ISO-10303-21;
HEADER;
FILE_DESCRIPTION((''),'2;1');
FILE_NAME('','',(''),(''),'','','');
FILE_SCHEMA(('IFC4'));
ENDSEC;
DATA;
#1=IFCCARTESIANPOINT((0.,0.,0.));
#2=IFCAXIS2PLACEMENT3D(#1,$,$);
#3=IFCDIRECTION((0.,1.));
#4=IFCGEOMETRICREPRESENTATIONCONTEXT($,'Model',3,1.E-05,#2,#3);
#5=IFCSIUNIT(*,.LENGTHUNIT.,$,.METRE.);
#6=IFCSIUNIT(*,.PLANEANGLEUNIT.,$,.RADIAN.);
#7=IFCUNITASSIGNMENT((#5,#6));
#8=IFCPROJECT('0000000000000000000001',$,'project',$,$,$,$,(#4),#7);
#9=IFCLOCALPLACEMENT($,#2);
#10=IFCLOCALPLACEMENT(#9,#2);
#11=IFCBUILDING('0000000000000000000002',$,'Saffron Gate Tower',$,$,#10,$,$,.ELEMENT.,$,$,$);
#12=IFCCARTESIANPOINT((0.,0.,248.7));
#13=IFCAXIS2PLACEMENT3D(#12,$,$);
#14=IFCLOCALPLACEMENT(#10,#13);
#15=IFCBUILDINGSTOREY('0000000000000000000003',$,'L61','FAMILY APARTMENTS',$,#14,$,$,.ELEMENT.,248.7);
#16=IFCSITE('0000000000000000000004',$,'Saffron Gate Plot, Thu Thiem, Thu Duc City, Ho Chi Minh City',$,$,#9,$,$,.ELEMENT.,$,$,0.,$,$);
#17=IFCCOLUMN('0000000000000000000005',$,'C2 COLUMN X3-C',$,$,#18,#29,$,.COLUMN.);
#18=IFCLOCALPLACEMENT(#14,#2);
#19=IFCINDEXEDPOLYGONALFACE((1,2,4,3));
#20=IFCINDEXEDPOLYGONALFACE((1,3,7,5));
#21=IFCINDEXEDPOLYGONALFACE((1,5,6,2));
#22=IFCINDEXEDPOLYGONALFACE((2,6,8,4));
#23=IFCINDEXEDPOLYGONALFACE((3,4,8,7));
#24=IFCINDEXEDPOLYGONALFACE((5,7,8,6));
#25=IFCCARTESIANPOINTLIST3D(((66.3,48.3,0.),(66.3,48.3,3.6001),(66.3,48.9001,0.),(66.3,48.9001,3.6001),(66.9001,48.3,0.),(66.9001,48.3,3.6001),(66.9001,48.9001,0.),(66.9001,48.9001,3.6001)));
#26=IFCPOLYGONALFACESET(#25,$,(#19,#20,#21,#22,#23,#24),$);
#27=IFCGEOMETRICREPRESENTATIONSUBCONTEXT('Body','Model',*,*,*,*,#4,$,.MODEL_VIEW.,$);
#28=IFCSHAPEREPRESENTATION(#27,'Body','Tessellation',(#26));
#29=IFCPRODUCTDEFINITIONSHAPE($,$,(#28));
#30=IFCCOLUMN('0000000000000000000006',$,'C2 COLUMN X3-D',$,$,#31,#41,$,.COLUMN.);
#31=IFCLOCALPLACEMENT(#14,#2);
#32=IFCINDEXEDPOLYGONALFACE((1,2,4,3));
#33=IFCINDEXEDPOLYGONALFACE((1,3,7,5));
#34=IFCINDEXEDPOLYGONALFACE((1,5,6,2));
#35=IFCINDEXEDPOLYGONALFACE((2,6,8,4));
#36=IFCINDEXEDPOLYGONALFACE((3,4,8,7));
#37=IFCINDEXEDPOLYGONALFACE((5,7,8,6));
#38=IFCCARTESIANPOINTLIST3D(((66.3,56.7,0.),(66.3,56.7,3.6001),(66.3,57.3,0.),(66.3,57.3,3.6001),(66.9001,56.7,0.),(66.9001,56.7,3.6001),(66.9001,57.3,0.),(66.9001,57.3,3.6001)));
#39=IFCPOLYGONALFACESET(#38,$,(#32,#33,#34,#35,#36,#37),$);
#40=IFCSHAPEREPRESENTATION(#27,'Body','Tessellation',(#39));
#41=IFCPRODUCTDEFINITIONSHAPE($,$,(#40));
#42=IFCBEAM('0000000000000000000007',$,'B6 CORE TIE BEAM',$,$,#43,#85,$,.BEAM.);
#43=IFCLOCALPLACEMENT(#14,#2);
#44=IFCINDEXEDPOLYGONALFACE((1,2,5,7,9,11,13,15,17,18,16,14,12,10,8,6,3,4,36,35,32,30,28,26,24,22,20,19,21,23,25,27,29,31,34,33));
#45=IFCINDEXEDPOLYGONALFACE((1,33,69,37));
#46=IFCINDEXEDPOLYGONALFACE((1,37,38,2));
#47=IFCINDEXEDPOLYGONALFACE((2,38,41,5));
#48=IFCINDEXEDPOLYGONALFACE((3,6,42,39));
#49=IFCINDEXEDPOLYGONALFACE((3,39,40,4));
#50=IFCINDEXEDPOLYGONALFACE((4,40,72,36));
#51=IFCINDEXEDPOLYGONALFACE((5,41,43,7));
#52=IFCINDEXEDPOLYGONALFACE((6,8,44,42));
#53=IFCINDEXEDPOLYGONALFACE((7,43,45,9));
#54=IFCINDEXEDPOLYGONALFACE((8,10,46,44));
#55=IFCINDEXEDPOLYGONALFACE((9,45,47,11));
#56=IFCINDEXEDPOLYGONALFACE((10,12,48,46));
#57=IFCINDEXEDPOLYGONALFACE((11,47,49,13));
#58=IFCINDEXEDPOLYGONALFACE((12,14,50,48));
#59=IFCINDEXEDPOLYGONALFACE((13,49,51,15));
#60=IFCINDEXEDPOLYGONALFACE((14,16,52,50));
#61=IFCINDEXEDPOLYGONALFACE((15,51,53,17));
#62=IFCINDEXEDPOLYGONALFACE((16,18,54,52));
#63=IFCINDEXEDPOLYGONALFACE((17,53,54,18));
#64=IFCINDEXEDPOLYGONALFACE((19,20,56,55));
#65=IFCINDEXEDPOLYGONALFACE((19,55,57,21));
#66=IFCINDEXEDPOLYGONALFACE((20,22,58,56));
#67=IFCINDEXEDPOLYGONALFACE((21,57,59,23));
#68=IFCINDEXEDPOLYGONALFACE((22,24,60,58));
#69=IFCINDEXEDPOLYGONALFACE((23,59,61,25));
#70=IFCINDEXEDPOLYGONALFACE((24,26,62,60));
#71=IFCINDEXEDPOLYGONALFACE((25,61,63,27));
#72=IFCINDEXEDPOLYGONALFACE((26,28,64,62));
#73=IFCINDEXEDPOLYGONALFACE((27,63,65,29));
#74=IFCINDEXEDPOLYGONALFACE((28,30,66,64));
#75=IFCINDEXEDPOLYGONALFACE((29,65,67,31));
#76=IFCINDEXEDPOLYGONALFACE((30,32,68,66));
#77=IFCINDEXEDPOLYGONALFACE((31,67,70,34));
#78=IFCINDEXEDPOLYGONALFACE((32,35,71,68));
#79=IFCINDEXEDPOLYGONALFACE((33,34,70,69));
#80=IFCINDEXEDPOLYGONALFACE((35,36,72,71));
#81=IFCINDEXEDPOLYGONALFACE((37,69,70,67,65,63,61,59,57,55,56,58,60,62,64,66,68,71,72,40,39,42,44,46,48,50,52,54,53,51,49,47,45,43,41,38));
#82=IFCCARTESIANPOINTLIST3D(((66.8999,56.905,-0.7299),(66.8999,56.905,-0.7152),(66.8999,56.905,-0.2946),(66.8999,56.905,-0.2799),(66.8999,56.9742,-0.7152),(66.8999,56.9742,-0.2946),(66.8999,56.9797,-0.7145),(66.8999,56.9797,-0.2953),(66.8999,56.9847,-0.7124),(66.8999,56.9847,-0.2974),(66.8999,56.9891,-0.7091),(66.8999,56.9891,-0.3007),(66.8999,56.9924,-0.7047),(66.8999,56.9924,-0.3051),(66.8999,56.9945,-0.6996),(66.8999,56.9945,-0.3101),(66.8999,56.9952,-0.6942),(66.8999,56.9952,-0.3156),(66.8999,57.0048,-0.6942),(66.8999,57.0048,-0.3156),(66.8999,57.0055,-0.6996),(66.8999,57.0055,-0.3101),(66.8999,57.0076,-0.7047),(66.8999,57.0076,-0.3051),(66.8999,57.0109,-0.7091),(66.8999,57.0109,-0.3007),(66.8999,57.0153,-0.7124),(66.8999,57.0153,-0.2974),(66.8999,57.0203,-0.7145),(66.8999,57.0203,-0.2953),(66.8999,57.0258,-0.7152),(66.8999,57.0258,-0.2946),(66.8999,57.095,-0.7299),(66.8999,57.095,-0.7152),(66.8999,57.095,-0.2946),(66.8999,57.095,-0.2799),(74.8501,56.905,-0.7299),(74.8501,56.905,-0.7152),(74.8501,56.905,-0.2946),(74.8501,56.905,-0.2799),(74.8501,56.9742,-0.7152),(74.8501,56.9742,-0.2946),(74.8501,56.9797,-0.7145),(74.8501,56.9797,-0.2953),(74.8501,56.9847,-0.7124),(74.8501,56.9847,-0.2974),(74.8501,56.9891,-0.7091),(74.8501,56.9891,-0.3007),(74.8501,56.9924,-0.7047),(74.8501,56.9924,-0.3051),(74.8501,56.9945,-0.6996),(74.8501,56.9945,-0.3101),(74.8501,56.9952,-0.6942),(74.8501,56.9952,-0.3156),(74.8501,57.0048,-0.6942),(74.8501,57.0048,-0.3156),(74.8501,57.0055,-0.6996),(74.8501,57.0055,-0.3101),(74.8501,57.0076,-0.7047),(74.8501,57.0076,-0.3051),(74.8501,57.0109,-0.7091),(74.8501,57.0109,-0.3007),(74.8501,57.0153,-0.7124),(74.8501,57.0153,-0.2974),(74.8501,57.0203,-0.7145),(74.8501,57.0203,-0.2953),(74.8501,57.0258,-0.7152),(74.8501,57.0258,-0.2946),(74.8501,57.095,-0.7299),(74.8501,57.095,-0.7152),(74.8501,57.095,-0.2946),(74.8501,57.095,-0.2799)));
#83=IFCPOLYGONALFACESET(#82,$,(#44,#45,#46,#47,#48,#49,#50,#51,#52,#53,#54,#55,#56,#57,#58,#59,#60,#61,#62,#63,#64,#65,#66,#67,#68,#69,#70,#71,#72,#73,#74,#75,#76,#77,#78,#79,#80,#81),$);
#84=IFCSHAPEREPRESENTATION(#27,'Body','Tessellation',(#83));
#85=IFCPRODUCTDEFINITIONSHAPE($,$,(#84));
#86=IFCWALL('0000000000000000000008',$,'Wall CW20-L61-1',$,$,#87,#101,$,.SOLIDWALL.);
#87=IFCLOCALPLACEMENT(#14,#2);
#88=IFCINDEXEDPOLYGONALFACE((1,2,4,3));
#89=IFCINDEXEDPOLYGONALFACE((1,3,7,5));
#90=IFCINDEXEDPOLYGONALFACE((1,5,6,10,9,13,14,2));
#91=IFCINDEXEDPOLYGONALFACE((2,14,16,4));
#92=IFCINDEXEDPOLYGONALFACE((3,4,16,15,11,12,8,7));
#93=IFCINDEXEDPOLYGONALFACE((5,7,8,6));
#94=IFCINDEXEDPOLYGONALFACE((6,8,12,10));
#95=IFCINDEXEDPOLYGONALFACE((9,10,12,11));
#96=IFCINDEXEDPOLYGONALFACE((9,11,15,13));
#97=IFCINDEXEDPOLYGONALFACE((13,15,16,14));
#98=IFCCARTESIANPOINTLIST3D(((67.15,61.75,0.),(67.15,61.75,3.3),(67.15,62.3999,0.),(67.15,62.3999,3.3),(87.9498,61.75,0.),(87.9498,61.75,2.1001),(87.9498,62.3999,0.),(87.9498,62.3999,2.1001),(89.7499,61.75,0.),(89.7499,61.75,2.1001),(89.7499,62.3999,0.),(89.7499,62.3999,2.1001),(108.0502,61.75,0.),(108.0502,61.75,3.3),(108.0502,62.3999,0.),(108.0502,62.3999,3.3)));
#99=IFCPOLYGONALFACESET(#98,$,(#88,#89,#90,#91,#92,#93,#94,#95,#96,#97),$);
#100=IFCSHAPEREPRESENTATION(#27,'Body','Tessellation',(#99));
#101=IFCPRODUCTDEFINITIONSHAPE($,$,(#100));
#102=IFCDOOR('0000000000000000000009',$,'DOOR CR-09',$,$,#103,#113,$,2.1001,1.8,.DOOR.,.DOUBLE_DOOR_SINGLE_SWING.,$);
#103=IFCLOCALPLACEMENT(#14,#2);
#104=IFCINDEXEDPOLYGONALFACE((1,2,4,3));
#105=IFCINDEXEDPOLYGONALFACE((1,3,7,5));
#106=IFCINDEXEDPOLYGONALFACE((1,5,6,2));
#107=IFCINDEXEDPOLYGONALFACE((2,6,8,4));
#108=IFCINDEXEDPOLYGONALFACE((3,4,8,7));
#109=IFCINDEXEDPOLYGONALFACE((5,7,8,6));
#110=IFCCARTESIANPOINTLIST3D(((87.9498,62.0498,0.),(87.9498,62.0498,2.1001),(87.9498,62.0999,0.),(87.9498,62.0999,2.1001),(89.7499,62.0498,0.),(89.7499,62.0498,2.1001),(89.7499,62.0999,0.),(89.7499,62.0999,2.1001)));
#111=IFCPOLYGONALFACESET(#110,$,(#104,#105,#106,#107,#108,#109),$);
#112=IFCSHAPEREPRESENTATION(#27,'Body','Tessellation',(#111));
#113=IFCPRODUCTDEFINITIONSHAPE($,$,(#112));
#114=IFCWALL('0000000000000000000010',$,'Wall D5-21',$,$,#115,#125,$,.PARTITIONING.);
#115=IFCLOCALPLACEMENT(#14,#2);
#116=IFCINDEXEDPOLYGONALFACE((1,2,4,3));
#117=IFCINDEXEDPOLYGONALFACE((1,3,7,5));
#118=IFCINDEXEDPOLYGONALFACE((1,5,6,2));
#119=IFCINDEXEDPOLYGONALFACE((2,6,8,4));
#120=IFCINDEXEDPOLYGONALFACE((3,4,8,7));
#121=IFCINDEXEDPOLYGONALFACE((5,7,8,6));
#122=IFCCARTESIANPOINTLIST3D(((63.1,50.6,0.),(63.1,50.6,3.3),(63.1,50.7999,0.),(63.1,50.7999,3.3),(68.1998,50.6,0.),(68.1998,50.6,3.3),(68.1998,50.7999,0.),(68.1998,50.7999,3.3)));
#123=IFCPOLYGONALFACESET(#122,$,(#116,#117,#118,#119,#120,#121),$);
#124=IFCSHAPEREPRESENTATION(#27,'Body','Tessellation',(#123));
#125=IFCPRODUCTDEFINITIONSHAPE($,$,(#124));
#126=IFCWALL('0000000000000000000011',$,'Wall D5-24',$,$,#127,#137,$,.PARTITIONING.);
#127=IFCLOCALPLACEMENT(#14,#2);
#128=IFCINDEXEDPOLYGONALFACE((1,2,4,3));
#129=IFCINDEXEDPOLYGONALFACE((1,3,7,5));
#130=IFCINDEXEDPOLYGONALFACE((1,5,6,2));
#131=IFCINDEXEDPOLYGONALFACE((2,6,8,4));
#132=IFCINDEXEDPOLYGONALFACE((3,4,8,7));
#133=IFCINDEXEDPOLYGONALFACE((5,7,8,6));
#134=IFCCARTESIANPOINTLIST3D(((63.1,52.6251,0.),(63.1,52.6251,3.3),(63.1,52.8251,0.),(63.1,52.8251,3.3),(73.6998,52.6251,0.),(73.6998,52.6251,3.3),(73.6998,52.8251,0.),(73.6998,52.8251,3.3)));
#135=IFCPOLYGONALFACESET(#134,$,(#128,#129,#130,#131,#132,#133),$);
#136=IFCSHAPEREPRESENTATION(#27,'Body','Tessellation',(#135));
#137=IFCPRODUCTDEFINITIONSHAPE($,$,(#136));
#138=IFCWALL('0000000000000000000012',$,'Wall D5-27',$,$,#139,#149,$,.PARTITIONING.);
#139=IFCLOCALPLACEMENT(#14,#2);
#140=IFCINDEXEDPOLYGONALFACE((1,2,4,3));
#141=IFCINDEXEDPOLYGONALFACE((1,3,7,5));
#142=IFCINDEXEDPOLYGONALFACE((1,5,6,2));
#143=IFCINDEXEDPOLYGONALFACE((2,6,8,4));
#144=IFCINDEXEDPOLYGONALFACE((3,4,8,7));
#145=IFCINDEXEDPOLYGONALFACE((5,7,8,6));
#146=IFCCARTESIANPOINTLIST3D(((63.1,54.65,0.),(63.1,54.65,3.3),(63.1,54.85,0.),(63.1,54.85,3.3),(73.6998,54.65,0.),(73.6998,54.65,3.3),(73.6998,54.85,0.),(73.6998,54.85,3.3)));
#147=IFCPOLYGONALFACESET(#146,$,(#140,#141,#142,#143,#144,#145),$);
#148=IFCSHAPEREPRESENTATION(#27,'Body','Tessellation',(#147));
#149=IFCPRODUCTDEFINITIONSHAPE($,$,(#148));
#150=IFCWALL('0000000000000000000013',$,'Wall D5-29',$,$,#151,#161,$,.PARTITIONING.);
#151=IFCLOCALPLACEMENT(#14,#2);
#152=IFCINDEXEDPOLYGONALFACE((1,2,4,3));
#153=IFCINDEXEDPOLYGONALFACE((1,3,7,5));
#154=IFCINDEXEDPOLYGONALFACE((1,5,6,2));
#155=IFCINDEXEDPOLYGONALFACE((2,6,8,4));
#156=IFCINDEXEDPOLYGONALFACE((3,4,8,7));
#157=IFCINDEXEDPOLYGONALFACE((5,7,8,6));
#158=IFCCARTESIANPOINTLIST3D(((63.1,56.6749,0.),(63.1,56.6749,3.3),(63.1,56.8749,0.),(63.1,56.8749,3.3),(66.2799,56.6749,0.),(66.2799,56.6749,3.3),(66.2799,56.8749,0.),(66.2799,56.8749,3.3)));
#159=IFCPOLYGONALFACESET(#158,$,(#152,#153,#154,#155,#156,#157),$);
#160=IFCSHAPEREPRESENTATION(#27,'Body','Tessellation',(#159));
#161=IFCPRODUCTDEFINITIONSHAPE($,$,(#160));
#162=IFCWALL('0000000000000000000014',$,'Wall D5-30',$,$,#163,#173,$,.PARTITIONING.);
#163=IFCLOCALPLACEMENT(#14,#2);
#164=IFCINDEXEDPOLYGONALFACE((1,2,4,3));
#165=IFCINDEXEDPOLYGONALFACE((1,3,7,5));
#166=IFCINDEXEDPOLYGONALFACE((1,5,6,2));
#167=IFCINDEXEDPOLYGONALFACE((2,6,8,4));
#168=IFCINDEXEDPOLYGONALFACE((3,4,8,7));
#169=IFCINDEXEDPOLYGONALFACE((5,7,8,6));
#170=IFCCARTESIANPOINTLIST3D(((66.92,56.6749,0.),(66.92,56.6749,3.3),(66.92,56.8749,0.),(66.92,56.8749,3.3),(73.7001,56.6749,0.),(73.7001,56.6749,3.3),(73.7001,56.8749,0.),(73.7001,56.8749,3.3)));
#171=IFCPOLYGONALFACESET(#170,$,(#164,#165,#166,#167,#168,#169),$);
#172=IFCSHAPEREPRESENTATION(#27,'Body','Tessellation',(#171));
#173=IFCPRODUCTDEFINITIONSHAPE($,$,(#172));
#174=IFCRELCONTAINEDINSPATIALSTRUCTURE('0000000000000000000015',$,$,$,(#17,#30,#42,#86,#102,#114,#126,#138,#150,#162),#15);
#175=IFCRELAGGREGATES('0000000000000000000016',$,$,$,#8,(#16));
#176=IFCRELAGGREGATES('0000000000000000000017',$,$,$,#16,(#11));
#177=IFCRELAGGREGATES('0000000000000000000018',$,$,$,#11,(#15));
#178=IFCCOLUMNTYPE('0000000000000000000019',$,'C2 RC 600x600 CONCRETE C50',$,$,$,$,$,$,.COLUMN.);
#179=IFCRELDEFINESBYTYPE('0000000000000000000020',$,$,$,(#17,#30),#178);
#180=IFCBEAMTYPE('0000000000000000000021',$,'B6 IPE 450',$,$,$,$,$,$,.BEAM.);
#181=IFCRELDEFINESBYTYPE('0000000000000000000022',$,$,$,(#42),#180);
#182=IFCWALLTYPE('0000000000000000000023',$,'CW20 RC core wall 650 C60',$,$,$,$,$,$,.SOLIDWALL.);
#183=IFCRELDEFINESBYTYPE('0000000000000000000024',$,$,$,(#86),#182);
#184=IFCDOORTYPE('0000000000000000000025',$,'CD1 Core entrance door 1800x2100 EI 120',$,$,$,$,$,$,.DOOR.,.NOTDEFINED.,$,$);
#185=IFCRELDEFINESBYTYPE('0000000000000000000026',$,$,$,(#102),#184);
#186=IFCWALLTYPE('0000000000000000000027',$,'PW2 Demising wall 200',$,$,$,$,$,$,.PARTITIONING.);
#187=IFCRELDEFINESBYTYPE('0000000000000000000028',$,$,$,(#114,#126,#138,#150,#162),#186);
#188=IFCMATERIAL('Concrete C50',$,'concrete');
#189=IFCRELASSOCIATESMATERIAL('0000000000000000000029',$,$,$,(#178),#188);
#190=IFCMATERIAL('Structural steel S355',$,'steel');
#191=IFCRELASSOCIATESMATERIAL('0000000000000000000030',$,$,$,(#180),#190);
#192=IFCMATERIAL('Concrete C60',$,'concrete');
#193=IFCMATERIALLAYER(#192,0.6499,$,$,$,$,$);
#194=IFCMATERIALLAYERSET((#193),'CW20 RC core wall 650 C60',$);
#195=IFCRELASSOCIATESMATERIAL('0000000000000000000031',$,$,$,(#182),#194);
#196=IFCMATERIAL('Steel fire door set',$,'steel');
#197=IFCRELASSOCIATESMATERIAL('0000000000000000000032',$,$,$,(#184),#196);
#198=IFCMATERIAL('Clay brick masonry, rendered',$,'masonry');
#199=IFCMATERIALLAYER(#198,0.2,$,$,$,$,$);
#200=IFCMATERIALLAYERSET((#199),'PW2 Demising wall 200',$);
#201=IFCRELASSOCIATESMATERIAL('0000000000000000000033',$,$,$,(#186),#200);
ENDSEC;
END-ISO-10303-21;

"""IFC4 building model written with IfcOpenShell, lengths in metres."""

from ifc_helpers import new_model, si_unit, direction, frame, frame_2d, origin, origin_2d, place, context, subcontext, project, spatial, rectangle, i_section, extrude, material, layer, layer_set, material_profile, profile_set, type_object, element, fill, save


model = new_model("IFC4")

# Units and contexts
model_context = context("Model", 3, precision=1e-05, world=origin(), true_north=direction((0.0, 1.0)))
body_context = subcontext(model_context, "Body", "Model", "MODEL_VIEW")
ifc_project = project(units=[si_unit("LENGTHUNIT", "METRE"), si_unit("PLANEANGLEUNIT", "RADIAN")], contexts=[model_context])

# Site, building, storey
site_placement = place(None, origin())
site = spatial("IfcSite", under=ifc_project, at=site_placement, Name="Saffron Gate Plot, Thu Thiem, Thu Duc City, Ho Chi Minh City", CompositionType="ELEMENT", RefElevation=0.0)
building_placement = place(site_placement, origin())
building = spatial("IfcBuilding", under=site, at=building_placement, Name="Saffron Gate Tower", CompositionType="ELEMENT")
storey_placement = place(building_placement, frame((0.0, 0.0, 248.7)))
storey = spatial("IfcBuildingStorey", under=building, at=storey_placement, Name="L61", Description="FAMILY APARTMENTS", CompositionType="ELEMENT", Elevation=248.7)

# Columns
ifc_material_1 = material(Name="Concrete C50", Category="concrete")
ifc_material_profile_1 = material_profile(ifc_material_1, rectangle(XDim=0.6001, YDim=0.6001, at=origin_2d()))
ifc_profile_set_1 = profile_set([ifc_material_profile_1], Name="Concrete C50")
column_type = type_object("IfcColumnType", Name="C2 RC 600x600 CONCRETE C50", PredefinedType="COLUMN", material=ifc_profile_set_1)
for number, where, z_axis, x_axis, name in (
    (1, (66.6001, 48.6001, 0.0), (0.0, 0.0, 1.0), (1.0, 0.0, 0.0), "C2 COLUMN X3-C"),
    (2, (66.6001, 57.0, 0.0), (0.0, 0.0, 1.0), (1.0, 0.0, 0.0), "C2 COLUMN X3-D"),
):
    element("IfcColumn", number, at=place(storey_placement, frame(where, z_axis=z_axis, x_axis=x_axis)), inside=storey, type_object=column_type, Name=name, PredefinedType="COLUMN", context=body_context, shape_type="SweptSolid", body=[
        extrude(rectangle(XDim=0.6001, YDim=0.6001, at=origin_2d()), origin(), (0.0, 0.0, 1.0), 3.6001),
    ])

# Beam
ifc_material_2 = material(Name="Structural steel S355", Category="steel")
ifc_material_profile_2 = material_profile(ifc_material_2, i_section(OverallWidth=0.1899, OverallDepth=0.45, WebThickness=0.0095, FlangeThickness=0.0146, FilletRadius=0.021, at=origin_2d()))
ifc_profile_set_2 = profile_set([ifc_material_profile_2], Name="Structural steel S355")
beam_type = type_object("IfcBeamType", Name="B6 IPE 450", PredefinedType="BEAM", material=ifc_profile_set_2)
beam_placement = place(storey_placement, frame((66.8999, 57.0, -0.5049), z_axis=(1.0, 0.0, 0.0), x_axis=(0.0, 1.0, 0.0)))
element("IfcBeam", 3, at=beam_placement, inside=storey, type_object=beam_type, Name="B6 CORE TIE BEAM", PredefinedType="BEAM", context=body_context, shape_type="SweptSolid", body=[
    extrude(i_section(OverallWidth=0.1899, OverallDepth=0.45, WebThickness=0.0095, FlangeThickness=0.0146, FilletRadius=0.021, at=origin_2d()), origin(), (0.0, 0.0, 1.0), 7.9502),
])

# Wall, opening, door
ifc_material_3 = material(Name="Concrete C60", Category="concrete")
ifc_layer_1 = layer(ifc_material_3, 0.6499)
ifc_layer_set_1 = layer_set([ifc_layer_1], Name="CW20 RC core wall 650 C60")
wall_type_1 = type_object("IfcWallType", Name="CW20 RC core wall 650 C60", PredefinedType="SOLIDWALL", material=ifc_layer_set_1)
wall_1_placement = place(storey_placement, frame((67.1499, 62.075, 0.0), z_axis=(0.0, 0.0, 1.0), x_axis=(1.0, 0.0, 0.0)))
wall_1 = element("IfcWall", 4, at=wall_1_placement, inside=storey, type_object=wall_type_1, Name="Wall CW20-L61-1", PredefinedType="SOLIDWALL", context=body_context, shape_type="SweptSolid", body=[
    extrude(rectangle(XDim=40.9001, YDim=0.6499, at=frame_2d((20.4502, 0.0))), origin(), (0.0, 0.0, 1.0), 3.3),
])
opening_1_placement = place(wall_1_placement, frame((20.8, 0.0, 0.0)))
opening_1 = element("IfcOpeningElement", 5, at=opening_1_placement, cuts=wall_1, PredefinedType="OPENING", context=body_context, shape_type="SweptSolid", body=[
    extrude(rectangle(XDim=1.8, YDim=2.1001, at=frame_2d((0.8999, 1.05))), frame((0.0, 0.335, 0.0), z_axis=(0.0, -1.0, 0.0), x_axis=(1.0, 0.0, 0.0)), (0.0, 0.0, 1.0), 0.6699),
])
ifc_material_4 = material(Name="Steel fire door set", Category="steel")
door_type_1 = type_object("IfcDoorType", Name="CD1 Core entrance door 1800x2100 EI 120", OperationType="NOTDEFINED", PredefinedType="DOOR", material=ifc_material_4)
door_1_placement = place(opening_1_placement, origin())
door_1 = element("IfcDoor", 6, at=door_1_placement, inside=storey, type_object=door_type_1, Name="DOOR CR-09", OperationType="DOUBLE_DOOR_SINGLE_SWING", OverallHeight=2.1001, OverallWidth=1.8, PredefinedType="DOOR", context=body_context, shape_type="SweptSolid", body=[
    extrude(rectangle(XDim=1.8, YDim=2.1001, at=frame_2d((0.8999, 1.05))), frame((0.0, 0.0249, 0.0), z_axis=(0.0, -1.0, 0.0), x_axis=(1.0, 0.0, 0.0)), (0.0, 0.0, 1.0), 0.05),
])
fill(opening_1, door_1)

# Walls
ifc_material_5 = material(Name="Clay brick masonry, rendered", Category="masonry")
ifc_layer_2 = layer(ifc_material_5, 0.2)
ifc_layer_set_2 = layer_set([ifc_layer_2], Name="PW2 Demising wall 200")
wall_type_2 = type_object("IfcWallType", Name="PW2 Demising wall 200", PredefinedType="PARTITIONING", material=ifc_layer_set_2)
wall_2_placement = place(storey_placement, frame((63.1001, 50.7, 0.0), z_axis=(0.0, 0.0, 1.0), x_axis=(1.0, 0.0, 0.0)))
element("IfcWall", 7, at=wall_2_placement, inside=storey, type_object=wall_type_2, Name="Wall D5-21", PredefinedType="PARTITIONING", context=body_context, shape_type="SweptSolid", body=[
    extrude(rectangle(XDim=5.0999, YDim=0.2, at=frame_2d((2.5498, 0.0))), origin(), (0.0, 0.0, 1.0), 3.3),
])
for number, where, z_axis, x_axis, name in (
    (8, (63.1001, 52.7251, 0.0), (0.0, 0.0, 1.0), (1.0, 0.0, 0.0), "Wall D5-24"),
    (9, (63.1001, 54.75, 0.0), (0.0, 0.0, 1.0), (1.0, 0.0, 0.0), "Wall D5-27"),
):
    element("IfcWall", number, at=place(storey_placement, frame(where, z_axis=z_axis, x_axis=x_axis)), inside=storey, type_object=wall_type_2, Name=name, PredefinedType="PARTITIONING", context=body_context, shape_type="SweptSolid", body=[
        extrude(rectangle(XDim=10.5999, YDim=0.2, at=frame_2d((5.2998, 0.0))), origin(), (0.0, 0.0, 1.0), 3.3),
    ])
wall_3_placement = place(storey_placement, frame((63.1001, 56.7749, 0.0), z_axis=(0.0, 0.0, 1.0), x_axis=(1.0, 0.0, 0.0)))
element("IfcWall", 10, at=wall_3_placement, inside=storey, type_object=wall_type_2, Name="Wall D5-29", PredefinedType="PARTITIONING", context=body_context, shape_type="SweptSolid", body=[
    extrude(rectangle(XDim=3.1799, YDim=0.2, at=frame_2d((1.5898, 0.0))), origin(), (0.0, 0.0, 1.0), 3.3),
])
wall_4_placement = place(storey_placement, frame((66.9199, 56.7749, 0.0), z_axis=(0.0, 0.0, 1.0), x_axis=(1.0, 0.0, 0.0)))
element("IfcWall", 11, at=wall_4_placement, inside=storey, type_object=wall_type_2, Name="Wall D5-30", PredefinedType="PARTITIONING", context=body_context, shape_type="SweptSolid", body=[
    extrude(rectangle(XDim=6.78, YDim=0.2, at=frame_2d((3.3901, 0.0))), origin(), (0.0, 0.0, 1.0), 3.3),
])

save(model, "model.ifc")
